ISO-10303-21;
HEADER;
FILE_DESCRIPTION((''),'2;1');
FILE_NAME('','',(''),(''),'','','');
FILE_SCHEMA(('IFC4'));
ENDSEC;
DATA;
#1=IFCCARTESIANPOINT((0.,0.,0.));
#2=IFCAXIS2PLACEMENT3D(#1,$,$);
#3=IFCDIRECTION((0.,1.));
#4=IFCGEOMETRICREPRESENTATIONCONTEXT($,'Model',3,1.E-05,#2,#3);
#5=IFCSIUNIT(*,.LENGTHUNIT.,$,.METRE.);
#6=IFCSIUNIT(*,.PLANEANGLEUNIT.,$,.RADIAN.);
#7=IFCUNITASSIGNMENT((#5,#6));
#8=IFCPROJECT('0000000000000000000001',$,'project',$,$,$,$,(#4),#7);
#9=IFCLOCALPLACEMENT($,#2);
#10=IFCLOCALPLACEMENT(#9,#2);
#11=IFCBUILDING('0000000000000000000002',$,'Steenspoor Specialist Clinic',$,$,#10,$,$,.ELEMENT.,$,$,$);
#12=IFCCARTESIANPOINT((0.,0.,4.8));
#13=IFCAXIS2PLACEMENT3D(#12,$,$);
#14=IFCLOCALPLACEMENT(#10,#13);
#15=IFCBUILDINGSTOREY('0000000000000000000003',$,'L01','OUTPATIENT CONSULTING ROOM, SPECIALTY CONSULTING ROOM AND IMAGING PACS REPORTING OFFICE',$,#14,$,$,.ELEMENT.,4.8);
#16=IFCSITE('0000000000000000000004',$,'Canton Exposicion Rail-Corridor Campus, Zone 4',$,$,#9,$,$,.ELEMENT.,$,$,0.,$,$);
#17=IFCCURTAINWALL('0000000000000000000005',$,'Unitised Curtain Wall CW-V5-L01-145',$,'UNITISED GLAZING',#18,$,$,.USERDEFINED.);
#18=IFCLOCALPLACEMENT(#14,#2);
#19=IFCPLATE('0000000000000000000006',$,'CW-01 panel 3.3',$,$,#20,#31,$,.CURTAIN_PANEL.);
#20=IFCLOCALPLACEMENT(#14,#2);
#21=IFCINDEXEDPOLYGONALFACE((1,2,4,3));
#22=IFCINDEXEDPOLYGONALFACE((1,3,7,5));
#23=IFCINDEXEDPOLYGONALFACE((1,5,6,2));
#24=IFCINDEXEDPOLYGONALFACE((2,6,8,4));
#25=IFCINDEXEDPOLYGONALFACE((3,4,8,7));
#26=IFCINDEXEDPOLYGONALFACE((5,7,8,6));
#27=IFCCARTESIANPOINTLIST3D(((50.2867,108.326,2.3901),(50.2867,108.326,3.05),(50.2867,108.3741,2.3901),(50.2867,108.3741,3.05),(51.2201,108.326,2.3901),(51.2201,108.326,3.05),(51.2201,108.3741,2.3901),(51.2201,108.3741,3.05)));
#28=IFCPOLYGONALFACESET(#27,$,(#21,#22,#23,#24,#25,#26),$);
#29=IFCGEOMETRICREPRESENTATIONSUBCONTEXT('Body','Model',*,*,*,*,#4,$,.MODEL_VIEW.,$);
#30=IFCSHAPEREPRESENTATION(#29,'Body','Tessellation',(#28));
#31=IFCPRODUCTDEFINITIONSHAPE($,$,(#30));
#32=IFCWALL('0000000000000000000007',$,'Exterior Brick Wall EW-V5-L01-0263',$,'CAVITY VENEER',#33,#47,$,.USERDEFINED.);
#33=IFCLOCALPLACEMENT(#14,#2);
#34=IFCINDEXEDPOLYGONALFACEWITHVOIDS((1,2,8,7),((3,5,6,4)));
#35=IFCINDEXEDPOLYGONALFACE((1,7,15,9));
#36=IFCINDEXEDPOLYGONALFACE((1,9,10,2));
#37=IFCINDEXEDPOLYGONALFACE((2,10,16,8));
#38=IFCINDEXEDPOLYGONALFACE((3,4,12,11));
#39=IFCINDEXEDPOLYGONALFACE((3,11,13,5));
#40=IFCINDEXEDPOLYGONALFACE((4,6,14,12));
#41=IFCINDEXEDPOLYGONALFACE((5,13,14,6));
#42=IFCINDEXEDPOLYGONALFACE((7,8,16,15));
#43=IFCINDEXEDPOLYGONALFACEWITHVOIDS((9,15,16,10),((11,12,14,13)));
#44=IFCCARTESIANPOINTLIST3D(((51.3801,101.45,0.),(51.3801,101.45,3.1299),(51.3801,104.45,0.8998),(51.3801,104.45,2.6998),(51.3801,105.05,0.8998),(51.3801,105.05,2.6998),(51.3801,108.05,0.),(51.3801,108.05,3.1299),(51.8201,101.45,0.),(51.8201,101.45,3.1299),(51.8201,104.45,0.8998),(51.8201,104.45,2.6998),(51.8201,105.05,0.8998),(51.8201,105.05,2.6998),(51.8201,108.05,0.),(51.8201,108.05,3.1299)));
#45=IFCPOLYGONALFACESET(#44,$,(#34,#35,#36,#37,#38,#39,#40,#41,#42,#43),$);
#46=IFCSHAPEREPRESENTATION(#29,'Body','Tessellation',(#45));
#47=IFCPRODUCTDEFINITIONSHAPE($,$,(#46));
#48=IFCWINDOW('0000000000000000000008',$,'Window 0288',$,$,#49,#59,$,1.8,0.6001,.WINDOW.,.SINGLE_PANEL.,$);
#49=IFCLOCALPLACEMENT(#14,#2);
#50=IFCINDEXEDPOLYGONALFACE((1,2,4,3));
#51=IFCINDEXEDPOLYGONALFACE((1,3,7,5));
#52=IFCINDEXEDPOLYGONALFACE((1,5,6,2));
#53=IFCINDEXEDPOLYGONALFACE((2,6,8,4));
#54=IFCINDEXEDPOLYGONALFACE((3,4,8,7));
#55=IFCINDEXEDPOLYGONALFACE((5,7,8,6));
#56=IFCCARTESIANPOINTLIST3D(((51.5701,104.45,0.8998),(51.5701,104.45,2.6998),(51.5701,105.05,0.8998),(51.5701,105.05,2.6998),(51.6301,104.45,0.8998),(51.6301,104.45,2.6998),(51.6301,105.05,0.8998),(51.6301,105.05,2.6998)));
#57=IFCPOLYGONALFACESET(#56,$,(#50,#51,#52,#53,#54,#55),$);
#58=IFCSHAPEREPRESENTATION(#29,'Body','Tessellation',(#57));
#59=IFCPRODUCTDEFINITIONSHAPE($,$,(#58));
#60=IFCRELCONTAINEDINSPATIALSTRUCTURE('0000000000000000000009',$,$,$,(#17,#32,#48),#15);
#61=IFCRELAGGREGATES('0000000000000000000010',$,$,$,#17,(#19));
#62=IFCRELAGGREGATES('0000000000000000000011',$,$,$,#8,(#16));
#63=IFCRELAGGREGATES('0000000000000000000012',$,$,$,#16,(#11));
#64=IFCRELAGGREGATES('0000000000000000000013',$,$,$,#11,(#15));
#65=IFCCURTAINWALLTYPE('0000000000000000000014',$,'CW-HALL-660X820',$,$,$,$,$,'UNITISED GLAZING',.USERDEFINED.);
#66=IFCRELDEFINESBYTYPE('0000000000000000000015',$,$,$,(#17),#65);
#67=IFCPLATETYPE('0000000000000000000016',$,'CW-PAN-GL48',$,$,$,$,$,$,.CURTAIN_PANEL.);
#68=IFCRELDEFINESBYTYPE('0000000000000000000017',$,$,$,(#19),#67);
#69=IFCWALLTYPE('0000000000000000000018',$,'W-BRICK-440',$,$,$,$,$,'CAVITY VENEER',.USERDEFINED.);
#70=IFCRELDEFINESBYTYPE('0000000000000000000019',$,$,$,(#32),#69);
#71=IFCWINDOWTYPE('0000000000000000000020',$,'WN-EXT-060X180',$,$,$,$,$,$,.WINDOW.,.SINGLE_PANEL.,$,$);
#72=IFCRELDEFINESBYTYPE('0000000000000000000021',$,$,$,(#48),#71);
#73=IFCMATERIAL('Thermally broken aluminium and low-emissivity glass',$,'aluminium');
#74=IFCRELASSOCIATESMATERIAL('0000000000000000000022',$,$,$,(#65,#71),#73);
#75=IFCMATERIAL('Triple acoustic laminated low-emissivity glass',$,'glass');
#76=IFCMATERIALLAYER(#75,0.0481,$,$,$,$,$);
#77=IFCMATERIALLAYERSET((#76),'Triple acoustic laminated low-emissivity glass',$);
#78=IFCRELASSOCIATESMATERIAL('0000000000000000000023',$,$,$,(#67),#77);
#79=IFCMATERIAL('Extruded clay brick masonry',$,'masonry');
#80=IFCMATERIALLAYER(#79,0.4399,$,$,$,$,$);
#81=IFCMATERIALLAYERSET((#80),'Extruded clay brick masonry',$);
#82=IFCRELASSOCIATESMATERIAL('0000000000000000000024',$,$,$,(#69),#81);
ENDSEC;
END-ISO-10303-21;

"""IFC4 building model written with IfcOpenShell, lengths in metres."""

from ifc_helpers import new_model, si_unit, direction, frame, frame_2d, origin, origin_2d, place, context, subcontext, project, spatial, rectangle, extrude, material, layer, layer_set, type_object, element, fill, aggregate, save


model = new_model("IFC4")

# Units and contexts
model_context = context("Model", 3, precision=1e-05, world=origin(), true_north=direction((0.0, 1.0)))
body_context = subcontext(model_context, "Body", "Model", "MODEL_VIEW")
ifc_project = project(units=[si_unit("LENGTHUNIT", "METRE"), si_unit("PLANEANGLEUNIT", "RADIAN")], contexts=[model_context])

# Site, building, storey
site_placement = place(None, origin())
site = spatial("IfcSite", under=ifc_project, at=site_placement, Name="Canton Exposicion Rail-Corridor Campus, Zone 4", CompositionType="ELEMENT", RefElevation=0.0)
building_placement = place(site_placement, origin())
building = spatial("IfcBuilding", under=site, at=building_placement, Name="Steenspoor Specialist Clinic", CompositionType="ELEMENT")
storey_placement = place(building_placement, frame((0.0, 0.0, 4.8)))
storey = spatial("IfcBuildingStorey", under=building, at=storey_placement, Name="L01", Description="OUTPATIENT CONSULTING ROOM, SPECIALTY CONSULTING ROOM AND IMAGING PACS REPORTING OFFICE", CompositionType="ELEMENT", Elevation=4.8)

# Curtain wall
ifc_material_1 = material(Name="Thermally broken aluminium and low-emissivity glass", Category="aluminium")
curtain_wall_type = type_object("IfcCurtainWallType", Name="CW-HALL-660X820", ElementType="UNITISED GLAZING", PredefinedType="USERDEFINED", material=ifc_material_1)
curtain_wall_placement = place(storey_placement, origin())
curtain_wall = element("IfcCurtainWall", 1, at=curtain_wall_placement, inside=storey, type_object=curtain_wall_type, Name="Unitised Curtain Wall CW-V5-L01-145", ObjectType="UNITISED GLAZING", PredefinedType="USERDEFINED")

# Plate
ifc_material_2 = material(Name="Triple acoustic laminated low-emissivity glass", Category="glass")
ifc_layer_1 = layer(ifc_material_2, 0.0481)
ifc_layer_set_1 = layer_set([ifc_layer_1], Name="Triple acoustic laminated low-emissivity glass")
plate_type = type_object("IfcPlateType", Name="CW-PAN-GL48", PredefinedType="CURTAIN_PANEL", material=ifc_layer_set_1)
plate_1_placement = place(storey_placement, frame((50.7534, 108.3501, 2.3901), z_axis=(0.0, 0.0, 1.0), x_axis=(1.0, 0.0, 0.0)))
plate_1 = element("IfcPlate", 2, at=plate_1_placement, type_object=plate_type, Name="CW-01 panel 3.3", PredefinedType="CURTAIN_PANEL", context=body_context, shape_type="SweptSolid", body=[
    extrude(rectangle(XDim=0.9333, YDim=0.0481, at=origin_2d()), origin(), (0.0, 0.0, 1.0), 0.6599),
])
aggregate(curtain_wall, [plate_1])

# Wall, opening, window
ifc_material_3 = material(Name="Extruded clay brick masonry", Category="masonry")
ifc_layer_2 = layer(ifc_material_3, 0.4399)
ifc_layer_set_2 = layer_set([ifc_layer_2], Name="Extruded clay brick masonry")
wall_type = type_object("IfcWallType", Name="W-BRICK-440", ElementType="CAVITY VENEER", PredefinedType="USERDEFINED", material=ifc_layer_set_2)
wall_placement = place(storey_placement, frame((51.6001, 108.05, 0.0), z_axis=(0.0, 0.0, 1.0), x_axis=(0.0, -1.0, 0.0)))
wall = element("IfcWall", 3, at=wall_placement, inside=storey, type_object=wall_type, Name="Exterior Brick Wall EW-V5-L01-0263", ObjectType="CAVITY VENEER", PredefinedType="USERDEFINED", context=body_context, shape_type="SweptSolid", body=[
    extrude(rectangle(XDim=6.6001, YDim=0.4399, at=frame_2d((3.3, 0.0))), origin(), (0.0, 0.0, 1.0), 3.1299),
])
opening_placement = place(wall_placement, frame((3.0, 0.0, 0.8999)))
opening = element("IfcOpeningElement", 4, at=opening_placement, cuts=wall, PredefinedType="OPENING", context=body_context, shape_type="SweptSolid", body=[
    extrude(rectangle(XDim=0.6001, YDim=1.8, at=frame_2d((0.3, 0.8999))), frame((0.0, 0.23, 0.0), z_axis=(0.0, -1.0, 0.0), x_axis=(1.0, 0.0, 0.0)), (0.0, 0.0, 1.0), 0.46),
])
window_type = type_object("IfcWindowType", Name="WN-EXT-060X180", PartitioningType="SINGLE_PANEL", PredefinedType="WINDOW", material=ifc_material_1)
window_placement = place(opening_placement, origin())
window = element("IfcWindow", 5, at=window_placement, inside=storey, type_object=window_type, Name="Window 0288", OverallHeight=1.8, OverallWidth=0.6001, PartitioningType="SINGLE_PANEL", PredefinedType="WINDOW", context=body_context, shape_type="SweptSolid", body=[
    extrude(rectangle(XDim=0.6001, YDim=1.8, at=frame_2d((0.3, 0.8999))), frame((0.0, 0.03, 0.0), z_axis=(0.0, -1.0, 0.0), x_axis=(1.0, 0.0, 0.0)), (0.0, 0.0, 1.0), 0.0601),
])
fill(opening, window)

save(model, "model.ifc")
